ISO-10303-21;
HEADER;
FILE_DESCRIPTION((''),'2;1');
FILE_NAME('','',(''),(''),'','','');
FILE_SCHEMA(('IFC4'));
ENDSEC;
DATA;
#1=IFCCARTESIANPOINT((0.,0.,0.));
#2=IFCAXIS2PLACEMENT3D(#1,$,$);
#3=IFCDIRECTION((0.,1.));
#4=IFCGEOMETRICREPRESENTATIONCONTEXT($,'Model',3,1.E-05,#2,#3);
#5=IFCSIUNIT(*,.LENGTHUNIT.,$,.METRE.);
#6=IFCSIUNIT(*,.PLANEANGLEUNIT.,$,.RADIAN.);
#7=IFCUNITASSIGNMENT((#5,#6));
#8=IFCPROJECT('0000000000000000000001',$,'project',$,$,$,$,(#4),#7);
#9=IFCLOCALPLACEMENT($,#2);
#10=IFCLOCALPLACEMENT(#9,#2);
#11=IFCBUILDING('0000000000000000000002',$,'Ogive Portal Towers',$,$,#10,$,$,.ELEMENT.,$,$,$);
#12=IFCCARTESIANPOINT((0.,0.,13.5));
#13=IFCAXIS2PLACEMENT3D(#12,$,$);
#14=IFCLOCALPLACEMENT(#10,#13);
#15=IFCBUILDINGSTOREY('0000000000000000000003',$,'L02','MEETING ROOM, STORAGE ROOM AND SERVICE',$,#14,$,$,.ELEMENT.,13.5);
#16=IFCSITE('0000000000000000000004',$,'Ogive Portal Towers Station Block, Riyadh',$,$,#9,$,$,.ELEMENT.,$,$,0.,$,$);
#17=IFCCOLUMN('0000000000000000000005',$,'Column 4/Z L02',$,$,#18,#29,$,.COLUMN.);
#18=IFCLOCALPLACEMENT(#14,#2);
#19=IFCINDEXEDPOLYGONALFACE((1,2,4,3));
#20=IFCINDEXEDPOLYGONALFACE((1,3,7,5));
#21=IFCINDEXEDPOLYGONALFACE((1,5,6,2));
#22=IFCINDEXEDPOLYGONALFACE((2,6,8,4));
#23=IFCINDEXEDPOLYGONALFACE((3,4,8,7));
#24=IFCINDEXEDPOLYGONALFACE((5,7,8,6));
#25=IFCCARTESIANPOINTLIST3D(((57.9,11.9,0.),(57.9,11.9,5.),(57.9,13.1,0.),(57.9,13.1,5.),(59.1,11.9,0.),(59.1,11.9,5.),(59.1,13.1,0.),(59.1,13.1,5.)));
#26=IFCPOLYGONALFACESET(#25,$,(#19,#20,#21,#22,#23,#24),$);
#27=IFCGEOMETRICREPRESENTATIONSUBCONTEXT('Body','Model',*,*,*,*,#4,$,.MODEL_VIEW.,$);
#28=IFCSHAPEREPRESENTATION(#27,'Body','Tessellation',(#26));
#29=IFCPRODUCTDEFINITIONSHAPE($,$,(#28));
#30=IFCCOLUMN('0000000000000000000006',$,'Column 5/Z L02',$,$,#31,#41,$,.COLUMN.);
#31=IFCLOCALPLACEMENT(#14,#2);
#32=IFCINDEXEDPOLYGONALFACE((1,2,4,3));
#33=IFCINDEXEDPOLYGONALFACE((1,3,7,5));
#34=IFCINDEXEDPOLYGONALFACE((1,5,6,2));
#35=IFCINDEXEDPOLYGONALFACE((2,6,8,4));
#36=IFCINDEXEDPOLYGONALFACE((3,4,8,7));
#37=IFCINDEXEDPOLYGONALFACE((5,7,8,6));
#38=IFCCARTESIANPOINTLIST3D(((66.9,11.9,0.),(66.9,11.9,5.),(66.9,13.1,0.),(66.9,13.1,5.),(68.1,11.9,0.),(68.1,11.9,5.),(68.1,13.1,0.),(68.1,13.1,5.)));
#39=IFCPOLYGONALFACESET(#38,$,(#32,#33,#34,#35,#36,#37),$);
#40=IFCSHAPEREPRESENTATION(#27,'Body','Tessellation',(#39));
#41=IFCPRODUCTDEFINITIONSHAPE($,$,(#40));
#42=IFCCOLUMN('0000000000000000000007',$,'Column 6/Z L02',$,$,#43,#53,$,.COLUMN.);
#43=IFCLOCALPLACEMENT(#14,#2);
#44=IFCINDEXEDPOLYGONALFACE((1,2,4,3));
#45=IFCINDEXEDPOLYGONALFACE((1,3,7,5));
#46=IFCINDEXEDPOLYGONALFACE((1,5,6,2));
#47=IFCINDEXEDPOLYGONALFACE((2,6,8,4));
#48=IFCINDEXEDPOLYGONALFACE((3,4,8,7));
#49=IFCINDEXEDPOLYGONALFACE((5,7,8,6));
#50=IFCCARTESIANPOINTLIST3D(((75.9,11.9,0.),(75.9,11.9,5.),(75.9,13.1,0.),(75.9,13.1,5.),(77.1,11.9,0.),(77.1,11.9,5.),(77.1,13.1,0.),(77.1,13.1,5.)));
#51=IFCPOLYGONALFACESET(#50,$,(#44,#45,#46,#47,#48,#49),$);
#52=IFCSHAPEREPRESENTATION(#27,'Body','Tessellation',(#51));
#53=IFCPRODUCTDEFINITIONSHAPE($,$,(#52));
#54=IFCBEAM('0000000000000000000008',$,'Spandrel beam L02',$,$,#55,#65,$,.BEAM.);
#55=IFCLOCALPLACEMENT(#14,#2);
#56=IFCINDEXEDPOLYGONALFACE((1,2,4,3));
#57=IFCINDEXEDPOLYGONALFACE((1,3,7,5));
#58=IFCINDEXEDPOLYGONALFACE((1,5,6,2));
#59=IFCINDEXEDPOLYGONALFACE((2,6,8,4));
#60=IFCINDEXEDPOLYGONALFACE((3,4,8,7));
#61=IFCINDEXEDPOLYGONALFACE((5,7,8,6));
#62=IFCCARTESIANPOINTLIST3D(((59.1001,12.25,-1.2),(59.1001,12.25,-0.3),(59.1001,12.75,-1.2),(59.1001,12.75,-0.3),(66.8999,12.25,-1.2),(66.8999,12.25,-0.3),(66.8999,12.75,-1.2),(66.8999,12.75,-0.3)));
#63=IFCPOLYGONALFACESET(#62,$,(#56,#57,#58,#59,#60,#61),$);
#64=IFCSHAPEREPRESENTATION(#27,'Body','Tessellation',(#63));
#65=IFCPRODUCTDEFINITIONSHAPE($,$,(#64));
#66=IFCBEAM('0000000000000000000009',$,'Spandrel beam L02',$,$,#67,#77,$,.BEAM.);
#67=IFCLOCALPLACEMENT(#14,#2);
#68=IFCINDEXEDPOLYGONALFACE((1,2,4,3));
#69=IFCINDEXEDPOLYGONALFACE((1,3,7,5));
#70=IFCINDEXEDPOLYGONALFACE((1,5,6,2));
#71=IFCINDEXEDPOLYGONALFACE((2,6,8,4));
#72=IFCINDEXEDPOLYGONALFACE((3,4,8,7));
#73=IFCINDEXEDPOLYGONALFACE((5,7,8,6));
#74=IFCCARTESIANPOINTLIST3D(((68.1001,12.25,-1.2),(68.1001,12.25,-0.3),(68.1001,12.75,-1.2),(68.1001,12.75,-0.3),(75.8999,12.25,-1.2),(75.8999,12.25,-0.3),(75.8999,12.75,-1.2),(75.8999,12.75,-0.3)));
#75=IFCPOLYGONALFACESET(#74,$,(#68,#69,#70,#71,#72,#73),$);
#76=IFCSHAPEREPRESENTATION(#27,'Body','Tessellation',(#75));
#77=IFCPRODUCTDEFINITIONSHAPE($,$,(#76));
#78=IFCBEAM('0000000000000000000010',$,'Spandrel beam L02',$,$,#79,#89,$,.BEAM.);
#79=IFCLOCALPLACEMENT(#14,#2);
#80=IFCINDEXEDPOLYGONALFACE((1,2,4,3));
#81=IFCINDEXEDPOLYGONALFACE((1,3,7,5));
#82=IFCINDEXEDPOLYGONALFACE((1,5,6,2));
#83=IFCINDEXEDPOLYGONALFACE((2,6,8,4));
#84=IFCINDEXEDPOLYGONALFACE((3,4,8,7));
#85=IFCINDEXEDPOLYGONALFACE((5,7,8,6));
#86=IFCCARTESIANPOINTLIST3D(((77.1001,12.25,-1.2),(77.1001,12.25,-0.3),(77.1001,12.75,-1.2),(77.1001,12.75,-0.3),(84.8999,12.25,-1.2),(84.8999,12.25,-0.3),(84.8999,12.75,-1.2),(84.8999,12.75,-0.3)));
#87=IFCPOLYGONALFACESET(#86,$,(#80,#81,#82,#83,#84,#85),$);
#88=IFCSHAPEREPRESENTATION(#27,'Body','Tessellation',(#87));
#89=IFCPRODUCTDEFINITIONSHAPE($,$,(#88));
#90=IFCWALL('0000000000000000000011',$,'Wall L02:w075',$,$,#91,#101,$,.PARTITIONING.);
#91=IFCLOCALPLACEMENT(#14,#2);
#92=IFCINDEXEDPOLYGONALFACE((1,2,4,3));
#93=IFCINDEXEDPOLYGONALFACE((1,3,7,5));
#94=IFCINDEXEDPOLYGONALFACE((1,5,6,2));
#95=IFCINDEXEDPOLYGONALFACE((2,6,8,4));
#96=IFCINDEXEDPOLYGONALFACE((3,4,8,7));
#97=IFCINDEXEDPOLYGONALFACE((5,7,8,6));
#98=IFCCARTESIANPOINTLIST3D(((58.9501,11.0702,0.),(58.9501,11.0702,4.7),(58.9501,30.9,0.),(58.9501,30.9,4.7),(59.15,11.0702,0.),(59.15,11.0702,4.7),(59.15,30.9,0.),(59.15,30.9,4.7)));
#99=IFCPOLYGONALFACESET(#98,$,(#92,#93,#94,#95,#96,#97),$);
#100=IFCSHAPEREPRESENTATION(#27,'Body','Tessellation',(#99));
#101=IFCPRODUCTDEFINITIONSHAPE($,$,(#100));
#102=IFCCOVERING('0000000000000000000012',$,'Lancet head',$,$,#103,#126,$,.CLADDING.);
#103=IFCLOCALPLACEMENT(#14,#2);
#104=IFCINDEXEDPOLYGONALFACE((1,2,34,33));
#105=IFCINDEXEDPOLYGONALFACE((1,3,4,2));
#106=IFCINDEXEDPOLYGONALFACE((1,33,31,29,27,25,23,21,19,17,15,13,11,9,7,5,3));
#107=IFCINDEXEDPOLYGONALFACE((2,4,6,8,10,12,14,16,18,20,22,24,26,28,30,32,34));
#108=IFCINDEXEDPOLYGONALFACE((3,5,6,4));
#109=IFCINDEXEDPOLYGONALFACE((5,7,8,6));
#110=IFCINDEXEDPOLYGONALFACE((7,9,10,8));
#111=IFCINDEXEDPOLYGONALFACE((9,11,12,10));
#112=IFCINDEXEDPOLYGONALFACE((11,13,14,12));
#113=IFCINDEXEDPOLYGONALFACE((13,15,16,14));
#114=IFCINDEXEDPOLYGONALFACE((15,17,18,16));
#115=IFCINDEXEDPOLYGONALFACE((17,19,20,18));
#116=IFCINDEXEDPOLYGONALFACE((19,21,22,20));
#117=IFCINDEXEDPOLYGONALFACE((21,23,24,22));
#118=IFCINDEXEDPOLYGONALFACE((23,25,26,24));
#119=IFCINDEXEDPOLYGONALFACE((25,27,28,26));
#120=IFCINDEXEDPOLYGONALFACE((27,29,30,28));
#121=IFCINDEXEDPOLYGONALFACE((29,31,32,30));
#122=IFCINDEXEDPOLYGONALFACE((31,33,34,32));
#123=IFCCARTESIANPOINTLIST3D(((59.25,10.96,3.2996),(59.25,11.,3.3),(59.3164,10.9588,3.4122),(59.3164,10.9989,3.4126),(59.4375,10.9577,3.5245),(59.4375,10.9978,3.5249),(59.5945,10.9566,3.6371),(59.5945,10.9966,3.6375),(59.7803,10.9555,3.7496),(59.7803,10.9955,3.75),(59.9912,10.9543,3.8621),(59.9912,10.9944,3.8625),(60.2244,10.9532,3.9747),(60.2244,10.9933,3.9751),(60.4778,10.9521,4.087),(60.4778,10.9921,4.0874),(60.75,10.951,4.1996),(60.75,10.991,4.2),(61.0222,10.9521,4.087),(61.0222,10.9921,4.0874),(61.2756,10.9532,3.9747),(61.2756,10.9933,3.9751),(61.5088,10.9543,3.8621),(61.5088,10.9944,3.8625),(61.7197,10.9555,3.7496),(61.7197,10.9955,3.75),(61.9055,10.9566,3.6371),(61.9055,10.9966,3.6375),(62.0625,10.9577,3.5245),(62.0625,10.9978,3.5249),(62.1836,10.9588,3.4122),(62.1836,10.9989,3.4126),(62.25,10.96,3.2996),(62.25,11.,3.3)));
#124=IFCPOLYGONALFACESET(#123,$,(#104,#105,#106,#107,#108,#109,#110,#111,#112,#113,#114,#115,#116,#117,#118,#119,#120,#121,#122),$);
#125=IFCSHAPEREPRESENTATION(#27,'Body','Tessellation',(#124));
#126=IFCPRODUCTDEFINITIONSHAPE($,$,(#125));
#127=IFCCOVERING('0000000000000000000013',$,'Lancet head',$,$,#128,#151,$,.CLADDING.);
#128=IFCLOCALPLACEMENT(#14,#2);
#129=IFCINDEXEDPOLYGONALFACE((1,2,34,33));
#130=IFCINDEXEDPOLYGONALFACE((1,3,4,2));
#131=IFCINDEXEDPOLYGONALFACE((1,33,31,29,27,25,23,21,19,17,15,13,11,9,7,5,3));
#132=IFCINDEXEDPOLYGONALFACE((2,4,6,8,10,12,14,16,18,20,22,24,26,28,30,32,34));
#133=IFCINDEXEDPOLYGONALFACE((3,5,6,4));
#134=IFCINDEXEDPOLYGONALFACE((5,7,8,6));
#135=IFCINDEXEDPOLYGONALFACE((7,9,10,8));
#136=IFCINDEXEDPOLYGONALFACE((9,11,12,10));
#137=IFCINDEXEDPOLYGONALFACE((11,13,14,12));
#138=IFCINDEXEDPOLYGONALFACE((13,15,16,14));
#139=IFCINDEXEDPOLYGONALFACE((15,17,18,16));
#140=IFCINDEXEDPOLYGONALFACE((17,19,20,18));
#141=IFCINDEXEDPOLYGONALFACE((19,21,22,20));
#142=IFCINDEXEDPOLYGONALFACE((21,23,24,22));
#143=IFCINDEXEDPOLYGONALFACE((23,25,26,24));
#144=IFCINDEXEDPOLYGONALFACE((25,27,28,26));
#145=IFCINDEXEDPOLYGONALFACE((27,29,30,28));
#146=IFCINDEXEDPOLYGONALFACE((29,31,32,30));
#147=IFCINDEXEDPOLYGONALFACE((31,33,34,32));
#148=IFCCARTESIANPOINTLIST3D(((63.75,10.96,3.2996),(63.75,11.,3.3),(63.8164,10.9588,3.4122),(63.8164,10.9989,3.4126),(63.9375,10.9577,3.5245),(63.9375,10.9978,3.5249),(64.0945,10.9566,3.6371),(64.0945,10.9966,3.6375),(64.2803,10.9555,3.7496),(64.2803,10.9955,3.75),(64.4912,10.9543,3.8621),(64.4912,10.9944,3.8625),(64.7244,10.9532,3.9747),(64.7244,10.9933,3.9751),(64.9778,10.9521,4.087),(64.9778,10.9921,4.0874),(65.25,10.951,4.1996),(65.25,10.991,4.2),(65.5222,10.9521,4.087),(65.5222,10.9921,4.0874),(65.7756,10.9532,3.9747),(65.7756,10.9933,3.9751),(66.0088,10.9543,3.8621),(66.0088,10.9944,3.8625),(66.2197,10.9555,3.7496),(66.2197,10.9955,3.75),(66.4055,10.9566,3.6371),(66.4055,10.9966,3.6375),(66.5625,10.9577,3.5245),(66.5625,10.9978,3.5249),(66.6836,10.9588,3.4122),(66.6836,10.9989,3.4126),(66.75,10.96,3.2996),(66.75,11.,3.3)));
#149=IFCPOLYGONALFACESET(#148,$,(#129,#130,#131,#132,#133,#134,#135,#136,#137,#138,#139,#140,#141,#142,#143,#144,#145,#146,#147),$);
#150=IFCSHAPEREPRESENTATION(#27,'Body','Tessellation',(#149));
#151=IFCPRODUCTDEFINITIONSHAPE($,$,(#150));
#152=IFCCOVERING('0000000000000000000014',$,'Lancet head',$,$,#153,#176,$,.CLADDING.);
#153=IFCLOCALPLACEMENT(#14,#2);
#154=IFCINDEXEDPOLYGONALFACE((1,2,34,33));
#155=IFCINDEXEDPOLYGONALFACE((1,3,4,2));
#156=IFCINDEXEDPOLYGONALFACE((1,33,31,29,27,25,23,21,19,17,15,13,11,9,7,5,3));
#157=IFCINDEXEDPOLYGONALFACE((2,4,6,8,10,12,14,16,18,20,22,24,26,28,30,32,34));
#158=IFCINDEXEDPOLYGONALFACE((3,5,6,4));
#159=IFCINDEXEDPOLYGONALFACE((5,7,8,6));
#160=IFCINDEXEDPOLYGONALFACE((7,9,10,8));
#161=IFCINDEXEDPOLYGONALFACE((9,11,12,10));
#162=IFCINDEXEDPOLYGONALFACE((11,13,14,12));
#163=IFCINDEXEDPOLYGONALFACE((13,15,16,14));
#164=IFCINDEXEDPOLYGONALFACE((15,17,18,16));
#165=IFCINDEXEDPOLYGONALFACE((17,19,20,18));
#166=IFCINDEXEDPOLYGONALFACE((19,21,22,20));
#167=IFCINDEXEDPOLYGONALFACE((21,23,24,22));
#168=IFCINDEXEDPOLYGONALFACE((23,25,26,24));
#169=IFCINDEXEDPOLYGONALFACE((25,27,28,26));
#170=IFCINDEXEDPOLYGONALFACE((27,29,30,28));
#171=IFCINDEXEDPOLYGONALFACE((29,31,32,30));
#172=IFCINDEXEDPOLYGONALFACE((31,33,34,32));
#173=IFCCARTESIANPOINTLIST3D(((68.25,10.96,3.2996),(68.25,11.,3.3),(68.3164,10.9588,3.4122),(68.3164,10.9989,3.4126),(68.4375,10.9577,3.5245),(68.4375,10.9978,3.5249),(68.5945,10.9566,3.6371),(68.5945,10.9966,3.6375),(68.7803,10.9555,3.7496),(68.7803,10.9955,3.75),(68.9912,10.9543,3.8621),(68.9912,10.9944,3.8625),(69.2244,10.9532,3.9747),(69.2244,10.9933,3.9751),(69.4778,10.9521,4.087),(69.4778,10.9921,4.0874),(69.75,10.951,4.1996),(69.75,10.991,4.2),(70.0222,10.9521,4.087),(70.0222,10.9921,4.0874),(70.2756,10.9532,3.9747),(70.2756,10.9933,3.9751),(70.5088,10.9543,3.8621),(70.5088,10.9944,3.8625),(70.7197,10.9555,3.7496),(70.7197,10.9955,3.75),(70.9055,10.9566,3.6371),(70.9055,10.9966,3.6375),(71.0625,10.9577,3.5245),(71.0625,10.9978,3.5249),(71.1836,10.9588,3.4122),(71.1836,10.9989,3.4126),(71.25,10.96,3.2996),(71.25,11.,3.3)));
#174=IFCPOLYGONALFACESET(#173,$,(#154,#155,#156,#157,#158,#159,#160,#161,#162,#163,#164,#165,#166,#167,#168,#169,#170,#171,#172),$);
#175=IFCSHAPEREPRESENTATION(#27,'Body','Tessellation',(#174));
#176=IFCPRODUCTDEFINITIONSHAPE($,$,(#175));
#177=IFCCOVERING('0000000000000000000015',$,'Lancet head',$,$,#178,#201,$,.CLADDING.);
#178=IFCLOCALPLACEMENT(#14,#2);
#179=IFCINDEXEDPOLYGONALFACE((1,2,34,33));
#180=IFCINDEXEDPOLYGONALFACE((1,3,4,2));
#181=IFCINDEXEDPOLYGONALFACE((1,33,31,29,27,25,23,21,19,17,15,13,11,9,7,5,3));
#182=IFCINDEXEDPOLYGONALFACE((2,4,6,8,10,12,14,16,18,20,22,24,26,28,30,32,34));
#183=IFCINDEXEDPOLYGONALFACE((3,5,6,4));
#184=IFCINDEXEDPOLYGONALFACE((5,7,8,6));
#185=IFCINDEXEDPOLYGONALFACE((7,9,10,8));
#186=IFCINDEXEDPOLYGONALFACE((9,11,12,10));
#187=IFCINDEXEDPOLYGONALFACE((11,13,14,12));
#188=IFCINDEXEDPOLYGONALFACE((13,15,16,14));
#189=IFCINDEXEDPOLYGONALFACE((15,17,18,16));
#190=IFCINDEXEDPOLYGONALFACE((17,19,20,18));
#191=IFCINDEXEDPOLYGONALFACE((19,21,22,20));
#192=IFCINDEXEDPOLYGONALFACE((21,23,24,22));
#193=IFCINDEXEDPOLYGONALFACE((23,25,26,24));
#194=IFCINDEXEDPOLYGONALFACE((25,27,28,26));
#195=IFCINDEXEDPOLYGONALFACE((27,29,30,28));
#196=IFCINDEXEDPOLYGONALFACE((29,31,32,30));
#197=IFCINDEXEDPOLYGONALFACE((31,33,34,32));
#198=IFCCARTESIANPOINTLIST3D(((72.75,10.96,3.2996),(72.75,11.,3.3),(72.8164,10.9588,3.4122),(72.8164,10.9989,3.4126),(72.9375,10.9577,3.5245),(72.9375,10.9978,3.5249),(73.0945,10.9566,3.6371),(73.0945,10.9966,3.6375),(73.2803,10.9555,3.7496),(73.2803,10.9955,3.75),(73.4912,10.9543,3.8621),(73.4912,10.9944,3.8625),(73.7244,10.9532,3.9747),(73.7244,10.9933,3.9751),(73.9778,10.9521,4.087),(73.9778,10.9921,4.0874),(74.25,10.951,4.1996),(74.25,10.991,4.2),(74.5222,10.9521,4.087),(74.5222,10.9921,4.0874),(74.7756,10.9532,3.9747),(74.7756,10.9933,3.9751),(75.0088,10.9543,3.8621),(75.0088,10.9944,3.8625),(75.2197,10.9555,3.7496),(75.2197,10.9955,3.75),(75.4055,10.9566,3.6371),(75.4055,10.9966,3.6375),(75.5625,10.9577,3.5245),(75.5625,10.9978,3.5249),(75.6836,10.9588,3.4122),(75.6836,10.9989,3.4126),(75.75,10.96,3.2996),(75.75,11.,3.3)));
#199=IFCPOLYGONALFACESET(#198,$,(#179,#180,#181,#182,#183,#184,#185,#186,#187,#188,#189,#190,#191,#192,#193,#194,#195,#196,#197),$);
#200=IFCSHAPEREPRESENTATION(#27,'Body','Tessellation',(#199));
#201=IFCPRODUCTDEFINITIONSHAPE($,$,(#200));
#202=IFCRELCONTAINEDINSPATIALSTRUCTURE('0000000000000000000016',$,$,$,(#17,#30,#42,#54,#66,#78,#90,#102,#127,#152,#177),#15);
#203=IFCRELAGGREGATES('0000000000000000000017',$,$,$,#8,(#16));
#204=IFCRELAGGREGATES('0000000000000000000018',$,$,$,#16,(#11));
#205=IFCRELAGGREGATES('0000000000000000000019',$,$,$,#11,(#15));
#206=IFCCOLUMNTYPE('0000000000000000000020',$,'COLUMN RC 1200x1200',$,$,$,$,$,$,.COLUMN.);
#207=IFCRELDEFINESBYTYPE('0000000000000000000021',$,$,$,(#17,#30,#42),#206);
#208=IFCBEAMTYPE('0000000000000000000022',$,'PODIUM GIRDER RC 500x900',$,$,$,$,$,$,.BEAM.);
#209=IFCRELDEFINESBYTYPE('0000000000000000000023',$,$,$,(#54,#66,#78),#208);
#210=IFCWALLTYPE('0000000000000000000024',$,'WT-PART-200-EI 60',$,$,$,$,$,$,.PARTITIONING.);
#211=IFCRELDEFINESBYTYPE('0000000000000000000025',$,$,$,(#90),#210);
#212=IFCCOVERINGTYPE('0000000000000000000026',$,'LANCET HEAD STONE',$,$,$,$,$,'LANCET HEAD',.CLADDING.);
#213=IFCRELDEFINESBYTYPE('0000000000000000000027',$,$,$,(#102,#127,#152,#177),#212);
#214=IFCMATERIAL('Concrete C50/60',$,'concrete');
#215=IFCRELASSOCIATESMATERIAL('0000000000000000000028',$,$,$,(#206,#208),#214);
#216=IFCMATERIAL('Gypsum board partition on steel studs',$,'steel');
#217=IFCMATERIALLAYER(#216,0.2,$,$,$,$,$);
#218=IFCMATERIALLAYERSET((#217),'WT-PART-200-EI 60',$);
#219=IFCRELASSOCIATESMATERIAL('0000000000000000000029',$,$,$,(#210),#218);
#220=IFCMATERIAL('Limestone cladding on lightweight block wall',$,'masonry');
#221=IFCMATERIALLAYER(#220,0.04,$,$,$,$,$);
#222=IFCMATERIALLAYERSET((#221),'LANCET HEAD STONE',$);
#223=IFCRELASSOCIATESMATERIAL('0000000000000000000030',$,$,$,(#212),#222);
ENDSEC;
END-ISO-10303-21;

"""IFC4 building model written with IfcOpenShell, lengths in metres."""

from ifc_helpers import new_model, si_unit, direction, frame, frame_2d, origin, origin_2d, place, context, subcontext, project, spatial, polyline, rectangle, outline, extrude, material, layer, layer_set, material_profile, profile_set, type_object, element, save


model = new_model("IFC4")

# Units and contexts
model_context = context("Model", 3, precision=1e-05, world=origin(), true_north=direction((0.0, 1.0)))
body_context = subcontext(model_context, "Body", "Model", "MODEL_VIEW")
ifc_project = project(units=[si_unit("LENGTHUNIT", "METRE"), si_unit("PLANEANGLEUNIT", "RADIAN")], contexts=[model_context])

# Site, building, storey
site_placement = place(None, origin())
site = spatial("IfcSite", under=ifc_project, at=site_placement, Name="Ogive Portal Towers Station Block, Riyadh", CompositionType="ELEMENT", RefElevation=0.0)
building_placement = place(site_placement, origin())
building = spatial("IfcBuilding", under=site, at=building_placement, Name="Ogive Portal Towers", CompositionType="ELEMENT")
storey_placement = place(building_placement, frame((0.0, 0.0, 13.5)))
storey = spatial("IfcBuildingStorey", under=building, at=storey_placement, Name="L02", Description="MEETING ROOM, STORAGE ROOM AND SERVICE", CompositionType="ELEMENT", Elevation=13.5)

# Columns
ifc_material_1 = material(Name="Concrete C50/60", Category="concrete")
ifc_material_profile_1 = material_profile(ifc_material_1, rectangle(XDim=1.2, YDim=1.2, at=origin_2d()), Name="RC 1200x1200")
ifc_profile_set_1 = profile_set([ifc_material_profile_1], Name="Concrete C50/60")
column_type = type_object("IfcColumnType", Name="COLUMN RC 1200x1200", PredefinedType="COLUMN", material=ifc_profile_set_1)
for number, where, z_axis, x_axis, name in (
    (1, (58.5, 12.5, 0.0), (0.0, 0.0, 1.0), (1.0, 0.0, 0.0), "Column 4/Z L02"),
    (2, (67.5, 12.5, 0.0), (0.0, 0.0, 1.0), (1.0, 0.0, 0.0), "Column 5/Z L02"),
    (3, (76.5, 12.5, 0.0), (0.0, 0.0, 1.0), (1.0, 0.0, 0.0), "Column 6/Z L02"),
):
    element("IfcColumn", number, at=place(storey_placement, frame(where, z_axis=z_axis, x_axis=x_axis)), inside=storey, type_object=column_type, Name=name, PredefinedType="COLUMN", context=body_context, shape_type="SweptSolid", body=[
        extrude(rectangle(XDim=1.2, YDim=1.2, at=origin_2d()), origin(), (0.0, 0.0, 1.0), 5.0),
    ])

# Beams
ifc_material_profile_2 = material_profile(ifc_material_1, rectangle(XDim=0.5, YDim=0.8999, at=origin_2d()), Name="RC 500x900")
ifc_profile_set_2 = profile_set([ifc_material_profile_2], Name="Concrete C50/60")
beam_type = type_object("IfcBeamType", Name="PODIUM GIRDER RC 500x900", PredefinedType="BEAM", material=ifc_profile_set_2)
for number, where, z_axis, x_axis, name in (
    (4, (59.1001, 12.5, -0.75), (1.0, 0.0, 0.0), (0.0, 1.0, 0.0), "Spandrel beam L02"),
    (5, (68.1001, 12.5, -0.75), (1.0, 0.0, 0.0), (0.0, 1.0, 0.0), "Spandrel beam L02"),
    (6, (77.1001, 12.5, -0.75), (1.0, 0.0, 0.0), (0.0, 1.0, 0.0), "Spandrel beam L02"),
):
    element("IfcBeam", number, at=place(storey_placement, frame(where, z_axis=z_axis, x_axis=x_axis)), inside=storey, type_object=beam_type, Name=name, PredefinedType="BEAM", context=body_context, shape_type="SweptSolid", body=[
        extrude(rectangle(XDim=0.5, YDim=0.8999, at=origin_2d()), origin(), (0.0, 0.0, 1.0), 7.7998),
    ])

# Wall
ifc_material_2 = material(Name="Gypsum board partition on steel studs", Category="steel")
ifc_layer_1 = layer(ifc_material_2, 0.2)
ifc_layer_set_1 = layer_set([ifc_layer_1], Name="WT-PART-200-EI 60")
wall_type = type_object("IfcWallType", Name="WT-PART-200-EI 60", PredefinedType="PARTITIONING", material=ifc_layer_set_1)
wall_placement = place(storey_placement, frame((59.05, 11.0701, 0.0), z_axis=(0.0, 0.0, 1.0), x_axis=(0.0, 1.0, 0.0)))
element("IfcWall", 7, at=wall_placement, inside=storey, type_object=wall_type, Name="Wall L02:w075", PredefinedType="PARTITIONING", context=body_context, shape_type="SweptSolid", body=[
    extrude(rectangle(XDim=19.8298, YDim=0.2, at=frame_2d((9.915, 0.0))), origin(), (0.0, 0.0, 1.0), 4.7),
])

# Coverings
ifc_material_3 = material(Name="Limestone cladding on lightweight block wall", Category="masonry")
ifc_layer_2 = layer(ifc_material_3, 0.04)
ifc_layer_set_2 = layer_set([ifc_layer_2], Name="LANCET HEAD STONE")
covering_type_1 = type_object("IfcCoveringType", Name="LANCET HEAD STONE", ElementType="LANCET HEAD", PredefinedType="CLADDING", material=ifc_layer_set_2)
for number, where, z_axis, x_axis, name in (
    (8, (59.25, 11.0, 3.3), (0.0, 0.99995, 0.009994), (1.0, 0.0, 0.0), "Lancet head"),
    (9, (63.75, 11.0, 3.3), (0.0, 0.99995, 0.009994), (1.0, 0.0, 0.0), "Lancet head"),
    (10, (68.25, 11.0, 3.3), (0.0, 0.99995, 0.009994), (1.0, 0.0, 0.0), "Lancet head"),
    (11, (72.75, 11.0, 3.3), (0.0, 0.99995, 0.009994), (1.0, 0.0, 0.0), "Lancet head"),
):
    element("IfcCovering", number, at=place(storey_placement, frame(where, z_axis=z_axis, x_axis=x_axis)), inside=storey, type_object=covering_type_1, Name=name, PredefinedType="CLADDING", context=body_context, shape_type="SweptSolid", body=[
        extrude(outline(polyline([(0.0, 0.0), (3.0, 0.0), (2.9336, -0.1126), (2.8125, -0.2249), (2.6555, -0.3374), (2.4697, -0.45), (2.2588, -0.5625), (2.0256, -0.6751), (1.7722, -0.7874), (1.5, -0.8999), (1.2278, -0.7874), (0.9744, -0.6751), (0.7412, -0.5625), (0.5303, -0.45), (0.3445, -0.3374), (0.1875, -0.2249), (0.0664, -0.1126), (0.0, 0.0)])), origin(), (0.0, 0.0, -1.0), 0.04),
    ])

save(model, "model.ifc")
